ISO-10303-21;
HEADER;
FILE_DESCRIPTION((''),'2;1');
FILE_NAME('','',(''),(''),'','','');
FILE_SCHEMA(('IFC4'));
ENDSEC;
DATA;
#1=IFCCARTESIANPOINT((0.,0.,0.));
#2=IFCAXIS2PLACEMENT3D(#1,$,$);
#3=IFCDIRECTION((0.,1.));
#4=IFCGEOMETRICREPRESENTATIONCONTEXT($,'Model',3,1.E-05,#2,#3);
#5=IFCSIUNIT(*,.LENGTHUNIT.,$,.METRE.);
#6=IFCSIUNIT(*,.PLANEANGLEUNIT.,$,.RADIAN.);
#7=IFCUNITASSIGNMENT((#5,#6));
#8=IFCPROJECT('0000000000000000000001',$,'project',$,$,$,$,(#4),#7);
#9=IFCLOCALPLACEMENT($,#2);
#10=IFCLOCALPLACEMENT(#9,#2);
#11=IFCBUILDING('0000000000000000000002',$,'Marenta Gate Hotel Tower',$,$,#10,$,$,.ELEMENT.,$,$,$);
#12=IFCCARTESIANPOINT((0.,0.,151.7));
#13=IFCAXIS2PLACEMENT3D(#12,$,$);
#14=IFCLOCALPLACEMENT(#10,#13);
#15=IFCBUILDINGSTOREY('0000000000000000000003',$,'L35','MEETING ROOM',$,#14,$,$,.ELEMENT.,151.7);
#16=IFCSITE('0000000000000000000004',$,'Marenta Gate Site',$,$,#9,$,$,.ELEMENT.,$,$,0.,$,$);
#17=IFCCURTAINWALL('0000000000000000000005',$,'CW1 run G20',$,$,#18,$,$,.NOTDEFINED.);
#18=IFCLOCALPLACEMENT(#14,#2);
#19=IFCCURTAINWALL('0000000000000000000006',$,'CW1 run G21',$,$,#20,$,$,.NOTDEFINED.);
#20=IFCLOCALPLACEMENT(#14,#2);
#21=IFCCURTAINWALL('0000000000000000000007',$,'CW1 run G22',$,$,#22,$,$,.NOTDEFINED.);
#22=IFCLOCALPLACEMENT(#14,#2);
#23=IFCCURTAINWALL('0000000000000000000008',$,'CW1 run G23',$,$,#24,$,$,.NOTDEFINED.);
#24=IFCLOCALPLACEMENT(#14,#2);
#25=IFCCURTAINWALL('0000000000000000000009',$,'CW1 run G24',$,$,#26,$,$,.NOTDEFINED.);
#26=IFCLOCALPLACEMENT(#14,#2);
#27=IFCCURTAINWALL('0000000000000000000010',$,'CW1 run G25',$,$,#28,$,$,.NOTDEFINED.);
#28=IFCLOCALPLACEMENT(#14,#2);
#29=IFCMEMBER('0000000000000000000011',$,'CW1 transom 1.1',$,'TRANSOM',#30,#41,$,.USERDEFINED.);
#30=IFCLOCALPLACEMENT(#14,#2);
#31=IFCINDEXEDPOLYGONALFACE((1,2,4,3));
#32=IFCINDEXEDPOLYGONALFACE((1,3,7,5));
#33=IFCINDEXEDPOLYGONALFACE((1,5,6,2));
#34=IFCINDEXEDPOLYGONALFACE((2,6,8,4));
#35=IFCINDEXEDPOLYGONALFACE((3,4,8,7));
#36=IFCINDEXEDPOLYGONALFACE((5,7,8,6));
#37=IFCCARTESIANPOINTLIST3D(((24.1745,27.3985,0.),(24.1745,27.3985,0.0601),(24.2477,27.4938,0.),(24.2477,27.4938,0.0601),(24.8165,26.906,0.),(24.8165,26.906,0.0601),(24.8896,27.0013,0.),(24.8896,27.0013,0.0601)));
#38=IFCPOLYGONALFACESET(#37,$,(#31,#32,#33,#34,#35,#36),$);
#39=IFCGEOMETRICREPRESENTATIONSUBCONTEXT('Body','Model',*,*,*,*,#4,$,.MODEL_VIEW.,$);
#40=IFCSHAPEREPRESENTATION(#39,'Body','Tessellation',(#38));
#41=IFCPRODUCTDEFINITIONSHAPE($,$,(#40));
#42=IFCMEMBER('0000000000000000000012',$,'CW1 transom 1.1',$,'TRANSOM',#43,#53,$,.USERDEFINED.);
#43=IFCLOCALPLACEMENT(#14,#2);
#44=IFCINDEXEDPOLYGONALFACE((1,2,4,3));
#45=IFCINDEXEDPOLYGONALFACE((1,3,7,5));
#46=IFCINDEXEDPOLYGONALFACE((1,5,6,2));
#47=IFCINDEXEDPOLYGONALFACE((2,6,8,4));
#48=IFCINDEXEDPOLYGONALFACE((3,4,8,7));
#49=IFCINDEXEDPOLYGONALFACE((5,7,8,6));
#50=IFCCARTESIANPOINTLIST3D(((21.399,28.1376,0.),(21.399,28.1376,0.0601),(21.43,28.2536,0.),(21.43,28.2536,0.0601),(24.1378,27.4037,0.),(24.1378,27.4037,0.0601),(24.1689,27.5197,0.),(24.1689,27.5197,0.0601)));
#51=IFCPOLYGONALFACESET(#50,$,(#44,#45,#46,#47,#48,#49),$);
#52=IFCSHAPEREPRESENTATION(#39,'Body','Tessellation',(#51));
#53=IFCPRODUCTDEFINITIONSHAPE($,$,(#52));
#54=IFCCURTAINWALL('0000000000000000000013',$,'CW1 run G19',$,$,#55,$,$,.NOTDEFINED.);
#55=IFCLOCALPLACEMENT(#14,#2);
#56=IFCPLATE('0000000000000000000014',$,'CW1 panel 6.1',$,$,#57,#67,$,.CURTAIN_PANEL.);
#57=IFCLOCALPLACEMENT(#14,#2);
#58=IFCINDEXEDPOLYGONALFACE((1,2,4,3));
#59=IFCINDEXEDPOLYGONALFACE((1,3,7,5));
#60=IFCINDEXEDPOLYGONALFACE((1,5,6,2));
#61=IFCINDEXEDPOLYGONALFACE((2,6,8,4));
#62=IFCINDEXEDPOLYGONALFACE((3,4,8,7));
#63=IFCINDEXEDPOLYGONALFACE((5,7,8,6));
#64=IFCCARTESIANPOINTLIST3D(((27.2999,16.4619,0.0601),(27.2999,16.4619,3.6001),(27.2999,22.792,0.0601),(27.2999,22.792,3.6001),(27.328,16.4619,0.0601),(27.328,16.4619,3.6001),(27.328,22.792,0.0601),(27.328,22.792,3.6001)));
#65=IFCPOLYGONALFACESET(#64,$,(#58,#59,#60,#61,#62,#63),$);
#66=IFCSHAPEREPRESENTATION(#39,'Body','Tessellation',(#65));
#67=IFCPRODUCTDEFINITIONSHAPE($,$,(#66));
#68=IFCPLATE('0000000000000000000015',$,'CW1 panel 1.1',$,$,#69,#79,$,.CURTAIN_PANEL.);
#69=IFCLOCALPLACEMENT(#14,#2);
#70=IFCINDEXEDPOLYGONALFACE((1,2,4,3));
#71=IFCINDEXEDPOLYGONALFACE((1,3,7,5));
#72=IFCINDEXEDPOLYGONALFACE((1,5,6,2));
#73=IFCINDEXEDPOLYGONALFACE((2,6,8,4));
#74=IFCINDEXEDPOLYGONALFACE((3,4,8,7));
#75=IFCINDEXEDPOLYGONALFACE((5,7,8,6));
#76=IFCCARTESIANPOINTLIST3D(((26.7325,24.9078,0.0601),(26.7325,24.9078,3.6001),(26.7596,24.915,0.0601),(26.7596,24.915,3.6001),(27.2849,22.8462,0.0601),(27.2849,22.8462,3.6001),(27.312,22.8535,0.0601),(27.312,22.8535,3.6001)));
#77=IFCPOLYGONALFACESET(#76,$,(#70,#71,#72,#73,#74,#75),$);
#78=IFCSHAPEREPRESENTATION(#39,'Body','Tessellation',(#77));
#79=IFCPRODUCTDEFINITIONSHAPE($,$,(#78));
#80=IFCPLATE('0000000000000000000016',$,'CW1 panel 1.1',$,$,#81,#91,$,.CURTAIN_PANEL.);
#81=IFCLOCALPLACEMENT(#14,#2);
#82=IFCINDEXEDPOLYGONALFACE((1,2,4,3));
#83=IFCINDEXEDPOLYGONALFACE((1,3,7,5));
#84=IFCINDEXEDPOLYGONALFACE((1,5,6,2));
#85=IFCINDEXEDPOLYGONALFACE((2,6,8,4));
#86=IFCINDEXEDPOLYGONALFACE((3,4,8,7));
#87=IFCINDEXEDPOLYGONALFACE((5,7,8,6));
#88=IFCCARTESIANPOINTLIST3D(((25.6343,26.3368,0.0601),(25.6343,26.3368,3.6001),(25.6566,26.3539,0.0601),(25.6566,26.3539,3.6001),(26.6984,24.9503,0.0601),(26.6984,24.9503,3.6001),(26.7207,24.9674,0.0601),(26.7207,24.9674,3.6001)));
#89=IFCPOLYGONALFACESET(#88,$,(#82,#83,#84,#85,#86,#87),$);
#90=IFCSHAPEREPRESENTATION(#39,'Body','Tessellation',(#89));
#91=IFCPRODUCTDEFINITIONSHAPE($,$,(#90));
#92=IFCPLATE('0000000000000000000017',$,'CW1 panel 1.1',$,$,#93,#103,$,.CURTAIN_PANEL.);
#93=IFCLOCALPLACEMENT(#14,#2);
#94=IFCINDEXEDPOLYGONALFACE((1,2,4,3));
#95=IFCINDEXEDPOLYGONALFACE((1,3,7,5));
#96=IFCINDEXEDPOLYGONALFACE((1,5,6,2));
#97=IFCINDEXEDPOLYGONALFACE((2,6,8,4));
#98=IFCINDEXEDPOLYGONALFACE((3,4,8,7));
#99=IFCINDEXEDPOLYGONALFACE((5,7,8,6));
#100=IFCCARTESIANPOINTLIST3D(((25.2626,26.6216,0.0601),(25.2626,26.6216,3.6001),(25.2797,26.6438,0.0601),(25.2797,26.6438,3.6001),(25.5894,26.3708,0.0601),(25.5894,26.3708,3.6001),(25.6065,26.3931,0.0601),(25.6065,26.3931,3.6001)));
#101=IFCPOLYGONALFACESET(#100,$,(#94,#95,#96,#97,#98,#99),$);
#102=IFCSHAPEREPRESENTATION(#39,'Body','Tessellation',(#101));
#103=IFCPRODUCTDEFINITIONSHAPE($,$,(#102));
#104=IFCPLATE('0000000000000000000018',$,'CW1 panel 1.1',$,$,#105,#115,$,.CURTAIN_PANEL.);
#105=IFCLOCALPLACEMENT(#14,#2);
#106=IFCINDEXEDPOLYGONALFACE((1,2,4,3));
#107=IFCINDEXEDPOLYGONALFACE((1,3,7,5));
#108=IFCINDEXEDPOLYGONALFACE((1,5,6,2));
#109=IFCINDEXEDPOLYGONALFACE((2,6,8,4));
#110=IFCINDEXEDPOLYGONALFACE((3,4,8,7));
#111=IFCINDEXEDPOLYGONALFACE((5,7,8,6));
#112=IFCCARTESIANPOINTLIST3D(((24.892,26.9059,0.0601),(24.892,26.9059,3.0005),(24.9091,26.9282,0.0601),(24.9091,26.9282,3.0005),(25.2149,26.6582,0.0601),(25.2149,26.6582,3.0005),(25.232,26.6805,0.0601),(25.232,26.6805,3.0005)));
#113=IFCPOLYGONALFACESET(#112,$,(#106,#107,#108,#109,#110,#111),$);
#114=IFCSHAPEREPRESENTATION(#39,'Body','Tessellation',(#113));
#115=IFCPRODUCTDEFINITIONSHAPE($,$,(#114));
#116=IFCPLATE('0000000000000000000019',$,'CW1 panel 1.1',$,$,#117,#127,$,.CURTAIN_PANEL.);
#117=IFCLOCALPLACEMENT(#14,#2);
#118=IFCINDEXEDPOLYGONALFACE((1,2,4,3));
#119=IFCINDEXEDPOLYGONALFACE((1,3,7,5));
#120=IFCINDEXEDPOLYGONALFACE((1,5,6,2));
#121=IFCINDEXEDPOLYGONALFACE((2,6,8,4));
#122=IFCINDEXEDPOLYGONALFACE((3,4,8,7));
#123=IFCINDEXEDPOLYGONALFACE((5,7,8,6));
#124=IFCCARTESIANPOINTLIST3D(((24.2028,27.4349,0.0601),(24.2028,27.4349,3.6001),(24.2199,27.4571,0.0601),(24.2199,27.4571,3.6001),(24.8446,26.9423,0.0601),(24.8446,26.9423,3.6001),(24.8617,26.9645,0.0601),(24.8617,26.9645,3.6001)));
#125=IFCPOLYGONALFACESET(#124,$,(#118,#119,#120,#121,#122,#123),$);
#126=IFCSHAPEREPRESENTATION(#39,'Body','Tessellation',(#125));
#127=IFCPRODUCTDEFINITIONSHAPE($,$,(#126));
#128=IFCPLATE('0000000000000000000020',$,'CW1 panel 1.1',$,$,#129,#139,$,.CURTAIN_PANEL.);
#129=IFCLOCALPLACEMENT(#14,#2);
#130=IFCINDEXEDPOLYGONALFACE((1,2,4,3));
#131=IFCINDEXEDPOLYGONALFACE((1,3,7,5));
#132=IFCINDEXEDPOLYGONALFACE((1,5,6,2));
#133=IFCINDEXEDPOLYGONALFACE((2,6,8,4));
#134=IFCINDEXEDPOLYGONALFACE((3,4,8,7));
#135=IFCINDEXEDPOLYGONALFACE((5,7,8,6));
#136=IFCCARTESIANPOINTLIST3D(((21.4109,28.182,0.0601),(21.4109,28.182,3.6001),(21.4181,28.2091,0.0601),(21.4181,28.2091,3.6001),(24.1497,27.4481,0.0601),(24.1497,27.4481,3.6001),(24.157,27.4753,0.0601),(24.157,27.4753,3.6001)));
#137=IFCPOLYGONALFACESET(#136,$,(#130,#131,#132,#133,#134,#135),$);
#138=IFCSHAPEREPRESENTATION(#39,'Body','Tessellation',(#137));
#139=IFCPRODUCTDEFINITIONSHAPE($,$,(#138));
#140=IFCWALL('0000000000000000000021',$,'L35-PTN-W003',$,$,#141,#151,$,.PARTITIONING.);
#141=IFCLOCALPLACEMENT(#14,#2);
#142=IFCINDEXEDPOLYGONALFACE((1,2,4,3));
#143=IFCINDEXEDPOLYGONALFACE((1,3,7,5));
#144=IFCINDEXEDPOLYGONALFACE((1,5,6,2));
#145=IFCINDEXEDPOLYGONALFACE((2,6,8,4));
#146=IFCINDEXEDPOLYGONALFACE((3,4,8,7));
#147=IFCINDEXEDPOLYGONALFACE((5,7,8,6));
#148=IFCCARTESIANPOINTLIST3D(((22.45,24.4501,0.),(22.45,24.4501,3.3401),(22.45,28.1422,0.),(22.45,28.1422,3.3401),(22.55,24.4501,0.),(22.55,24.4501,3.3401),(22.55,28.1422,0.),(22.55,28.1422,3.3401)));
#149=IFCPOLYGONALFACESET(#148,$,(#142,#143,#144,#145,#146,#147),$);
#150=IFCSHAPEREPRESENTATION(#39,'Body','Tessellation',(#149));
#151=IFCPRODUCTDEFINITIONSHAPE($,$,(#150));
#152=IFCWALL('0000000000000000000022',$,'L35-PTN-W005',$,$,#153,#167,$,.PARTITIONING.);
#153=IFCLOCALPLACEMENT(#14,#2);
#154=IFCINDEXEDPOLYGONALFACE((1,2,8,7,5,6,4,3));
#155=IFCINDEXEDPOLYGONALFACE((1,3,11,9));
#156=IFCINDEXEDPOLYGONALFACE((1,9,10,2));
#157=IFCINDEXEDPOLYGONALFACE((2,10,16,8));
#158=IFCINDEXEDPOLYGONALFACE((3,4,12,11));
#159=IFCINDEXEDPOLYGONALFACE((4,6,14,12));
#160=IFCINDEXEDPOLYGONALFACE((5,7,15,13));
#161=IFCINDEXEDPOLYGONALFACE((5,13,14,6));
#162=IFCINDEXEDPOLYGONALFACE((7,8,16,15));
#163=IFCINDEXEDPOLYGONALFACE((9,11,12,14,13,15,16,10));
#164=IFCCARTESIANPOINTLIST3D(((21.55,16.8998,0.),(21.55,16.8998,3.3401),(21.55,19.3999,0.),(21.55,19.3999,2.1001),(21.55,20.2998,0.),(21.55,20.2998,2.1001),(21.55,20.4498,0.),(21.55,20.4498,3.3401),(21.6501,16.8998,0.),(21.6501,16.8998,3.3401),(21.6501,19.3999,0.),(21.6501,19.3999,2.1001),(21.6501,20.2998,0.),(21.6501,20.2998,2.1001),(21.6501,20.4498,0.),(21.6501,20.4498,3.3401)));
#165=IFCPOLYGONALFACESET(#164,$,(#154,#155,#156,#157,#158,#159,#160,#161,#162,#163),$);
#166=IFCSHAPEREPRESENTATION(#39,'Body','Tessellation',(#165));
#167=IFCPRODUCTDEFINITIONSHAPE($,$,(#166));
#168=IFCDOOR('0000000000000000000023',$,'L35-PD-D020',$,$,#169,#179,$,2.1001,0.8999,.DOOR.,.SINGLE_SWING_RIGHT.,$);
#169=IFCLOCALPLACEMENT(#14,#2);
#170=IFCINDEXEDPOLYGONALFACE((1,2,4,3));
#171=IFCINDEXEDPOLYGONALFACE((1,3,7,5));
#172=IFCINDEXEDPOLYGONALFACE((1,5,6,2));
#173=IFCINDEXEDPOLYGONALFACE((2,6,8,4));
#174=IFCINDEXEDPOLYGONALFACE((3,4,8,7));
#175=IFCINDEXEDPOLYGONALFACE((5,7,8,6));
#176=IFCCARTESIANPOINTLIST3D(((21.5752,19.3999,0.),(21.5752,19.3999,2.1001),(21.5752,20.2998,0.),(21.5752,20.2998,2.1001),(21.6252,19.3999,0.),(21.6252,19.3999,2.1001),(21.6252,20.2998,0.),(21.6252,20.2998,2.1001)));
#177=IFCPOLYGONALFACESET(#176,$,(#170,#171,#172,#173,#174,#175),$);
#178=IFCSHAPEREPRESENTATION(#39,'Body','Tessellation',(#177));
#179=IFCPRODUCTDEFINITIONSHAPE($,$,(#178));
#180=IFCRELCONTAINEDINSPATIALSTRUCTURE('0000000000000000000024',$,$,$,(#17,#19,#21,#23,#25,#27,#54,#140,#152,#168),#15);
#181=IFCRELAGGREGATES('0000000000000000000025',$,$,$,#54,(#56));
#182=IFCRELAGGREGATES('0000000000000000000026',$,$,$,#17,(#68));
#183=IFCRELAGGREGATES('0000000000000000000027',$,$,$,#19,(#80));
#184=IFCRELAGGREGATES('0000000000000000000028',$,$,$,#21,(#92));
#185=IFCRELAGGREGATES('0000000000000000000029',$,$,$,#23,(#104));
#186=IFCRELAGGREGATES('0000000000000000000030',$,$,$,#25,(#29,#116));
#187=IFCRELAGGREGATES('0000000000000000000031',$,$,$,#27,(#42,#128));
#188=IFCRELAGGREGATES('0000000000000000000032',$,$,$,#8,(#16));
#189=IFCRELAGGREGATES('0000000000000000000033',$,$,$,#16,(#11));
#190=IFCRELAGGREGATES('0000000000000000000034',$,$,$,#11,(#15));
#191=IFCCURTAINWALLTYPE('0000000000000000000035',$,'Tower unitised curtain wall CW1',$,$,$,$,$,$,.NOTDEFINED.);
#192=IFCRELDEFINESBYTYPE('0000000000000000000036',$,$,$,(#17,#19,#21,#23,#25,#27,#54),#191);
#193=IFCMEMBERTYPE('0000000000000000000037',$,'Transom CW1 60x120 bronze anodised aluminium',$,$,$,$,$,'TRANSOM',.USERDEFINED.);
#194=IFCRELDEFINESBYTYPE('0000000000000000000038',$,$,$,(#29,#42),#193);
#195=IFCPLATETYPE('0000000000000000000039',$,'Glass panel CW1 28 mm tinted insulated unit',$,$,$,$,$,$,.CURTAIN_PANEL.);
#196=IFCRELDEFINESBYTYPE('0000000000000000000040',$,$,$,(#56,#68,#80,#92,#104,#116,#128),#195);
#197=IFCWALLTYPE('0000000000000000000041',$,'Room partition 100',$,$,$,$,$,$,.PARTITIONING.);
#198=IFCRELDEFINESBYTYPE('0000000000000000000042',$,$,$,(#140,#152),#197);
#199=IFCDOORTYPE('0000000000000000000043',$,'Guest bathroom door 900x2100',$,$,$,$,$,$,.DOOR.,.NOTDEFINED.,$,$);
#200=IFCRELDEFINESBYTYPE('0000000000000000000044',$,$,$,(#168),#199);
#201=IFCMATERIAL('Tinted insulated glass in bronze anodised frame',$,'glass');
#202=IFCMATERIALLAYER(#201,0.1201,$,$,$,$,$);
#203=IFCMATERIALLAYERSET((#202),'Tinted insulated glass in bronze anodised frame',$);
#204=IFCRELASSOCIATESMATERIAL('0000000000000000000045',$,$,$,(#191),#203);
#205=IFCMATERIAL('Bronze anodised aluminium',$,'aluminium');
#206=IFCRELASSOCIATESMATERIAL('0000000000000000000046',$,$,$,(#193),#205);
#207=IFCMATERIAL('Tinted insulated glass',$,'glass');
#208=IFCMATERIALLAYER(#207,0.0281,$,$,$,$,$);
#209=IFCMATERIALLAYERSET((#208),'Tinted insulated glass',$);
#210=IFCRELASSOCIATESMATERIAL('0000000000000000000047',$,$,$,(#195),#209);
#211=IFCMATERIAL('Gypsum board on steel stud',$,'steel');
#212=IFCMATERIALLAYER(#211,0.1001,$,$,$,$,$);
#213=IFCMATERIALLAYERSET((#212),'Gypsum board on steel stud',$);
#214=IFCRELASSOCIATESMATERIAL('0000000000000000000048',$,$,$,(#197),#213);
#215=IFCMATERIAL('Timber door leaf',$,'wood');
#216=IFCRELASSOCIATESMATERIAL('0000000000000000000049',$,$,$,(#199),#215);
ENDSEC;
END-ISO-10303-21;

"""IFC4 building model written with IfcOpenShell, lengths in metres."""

from ifc_helpers import new_model, si_unit, direction, frame, frame_2d, origin, origin_2d, place, context, subcontext, project, spatial, rectangle, extrude, material, layer, layer_set, material_profile, profile_set, type_object, element, fill, aggregate, save


model = new_model("IFC4")

# Units and contexts
model_context = context("Model", 3, precision=1e-05, world=origin(), true_north=direction((0.0, 1.0)))
body_context = subcontext(model_context, "Body", "Model", "MODEL_VIEW")
ifc_project = project(units=[si_unit("LENGTHUNIT", "METRE"), si_unit("PLANEANGLEUNIT", "RADIAN")], contexts=[model_context])

# Site, building, storey
site_placement = place(None, origin())
site = spatial("IfcSite", under=ifc_project, at=site_placement, Name="Marenta Gate Site", CompositionType="ELEMENT", RefElevation=0.0)
building_placement = place(site_placement, origin())
building = spatial("IfcBuilding", under=site, at=building_placement, Name="Marenta Gate Hotel Tower", CompositionType="ELEMENT")
storey_placement = place(building_placement, frame((0.0, 0.0, 151.7)))
storey = spatial("IfcBuildingStorey", under=building, at=storey_placement, Name="L35", Description="MEETING ROOM", CompositionType="ELEMENT", Elevation=151.7)

# Curtain walls
ifc_material_1 = material(Name="Tinted insulated glass in bronze anodised frame", Category="glass")
ifc_layer_1 = layer(ifc_material_1, 0.1201)
ifc_layer_set_1 = layer_set([ifc_layer_1], Name="Tinted insulated glass in bronze anodised frame")
curtain_wall_type = type_object("IfcCurtainWallType", Name="Tower unitised curtain wall CW1", PredefinedType="NOTDEFINED", material=ifc_layer_set_1)
curtain_wall_1_placement = place(storey_placement, origin())
curtain_wall_1 = element("IfcCurtainWall", 1, at=curtain_wall_1_placement, inside=storey, type_object=curtain_wall_type, Name="CW1 run G20", PredefinedType="NOTDEFINED")
curtain_wall_2_placement = place(storey_placement, origin())
curtain_wall_2 = element("IfcCurtainWall", 2, at=curtain_wall_2_placement, inside=storey, type_object=curtain_wall_type, Name="CW1 run G21", PredefinedType="NOTDEFINED")
curtain_wall_3_placement = place(storey_placement, origin())
curtain_wall_3 = element("IfcCurtainWall", 3, at=curtain_wall_3_placement, inside=storey, type_object=curtain_wall_type, Name="CW1 run G22", PredefinedType="NOTDEFINED")
curtain_wall_4_placement = place(storey_placement, origin())
curtain_wall_4 = element("IfcCurtainWall", 4, at=curtain_wall_4_placement, inside=storey, type_object=curtain_wall_type, Name="CW1 run G23", PredefinedType="NOTDEFINED")
curtain_wall_5_placement = place(storey_placement, origin())
curtain_wall_5 = element("IfcCurtainWall", 5, at=curtain_wall_5_placement, inside=storey, type_object=curtain_wall_type, Name="CW1 run G24", PredefinedType="NOTDEFINED")

# Curtain wall
curtain_wall_6_placement = place(storey_placement, origin())
curtain_wall_6 = element("IfcCurtainWall", 6, at=curtain_wall_6_placement, inside=storey, type_object=curtain_wall_type, Name="CW1 run G25", PredefinedType="NOTDEFINED")

# Members
ifc_material_2 = material(Name="Bronze anodised aluminium", Category="aluminium")
ifc_material_profile_1 = material_profile(ifc_material_2, rectangle(XDim=0.1201, YDim=0.0601, at=origin_2d()), Name="Transom CW1 60x120 bronze anodised aluminium")
ifc_profile_set_1 = profile_set([ifc_material_profile_1], Name="Bronze anodised aluminium")
member_type_1 = type_object("IfcMemberType", Name="Transom CW1 60x120 bronze anodised aluminium", ElementType="TRANSOM", PredefinedType="USERDEFINED", material=ifc_profile_set_1)
member_1_placement = place(storey_placement, frame((24.853, 26.9536, 0.03), z_axis=(-0.793397, 0.608704, 0.0), x_axis=(-0.608704, -0.793397, 0.0)))
member_1 = element("IfcMember", 7, at=member_1_placement, type_object=member_type_1, Name="CW1 transom 1.1", ObjectType="TRANSOM", PredefinedType="USERDEFINED", context=body_context, shape_type="SweptSolid", body=[
    extrude(rectangle(XDim=0.1201, YDim=0.0601, at=origin_2d()), origin(), (0.0, 0.0, 1.0), 0.8091),
])
member_2_placement = place(storey_placement, frame((24.1533, 27.4617, 0.03), z_axis=(-0.965923, 0.258831, 0.0), x_axis=(-0.258831, -0.965923, 0.0)))
member_2 = element("IfcMember", 8, at=member_2_placement, type_object=member_type_1, Name="CW1 transom 1.1", ObjectType="TRANSOM", PredefinedType="USERDEFINED", context=body_context, shape_type="SweptSolid", body=[
    extrude(rectangle(XDim=0.1201, YDim=0.0601, at=origin_2d()), origin(), (0.0, 0.0, 1.0), 2.8354),
])

# Curtain wall, plate
curtain_wall_7_placement = place(storey_placement, origin())
curtain_wall_7 = element("IfcCurtainWall", 9, at=curtain_wall_7_placement, inside=storey, type_object=curtain_wall_type, Name="CW1 run G19", PredefinedType="NOTDEFINED")
ifc_material_3 = material(Name="Tinted insulated glass", Category="glass")
ifc_layer_2 = layer(ifc_material_3, 0.0281)
ifc_layer_set_2 = layer_set([ifc_layer_2], Name="Tinted insulated glass")
plate_type = type_object("IfcPlateType", Name="Glass panel CW1 28 mm tinted insulated unit", PredefinedType="CURTAIN_PANEL", material=ifc_layer_set_2)
plate_1_placement = place(storey_placement, frame((27.314, 19.627, 0.0601), z_axis=(0.0, 0.0, 1.0), x_axis=(0.0, 1.0, 0.0)))
plate_1 = element("IfcPlate", 10, at=plate_1_placement, type_object=plate_type, Name="CW1 panel 6.1", PredefinedType="CURTAIN_PANEL", context=body_context, shape_type="SweptSolid", body=[
    extrude(rectangle(XDim=6.3301, YDim=0.0281, at=origin_2d()), origin(), (0.0, 0.0, 1.0), 3.54),
])
aggregate(curtain_wall_7, [plate_1])

# Plates
plate_2_placement = place(storey_placement, frame((27.0222, 23.8806, 0.0601), z_axis=(0.0, 0.0, 1.0), x_axis=(-0.258823, 0.965925, 0.0)))
plate_2 = element("IfcPlate", 11, at=plate_2_placement, type_object=plate_type, Name="CW1 panel 1.1", PredefinedType="CURTAIN_PANEL", context=body_context, shape_type="SweptSolid", body=[
    extrude(rectangle(XDim=2.1343, YDim=0.0281, at=origin_2d()), origin(), (0.0, 0.0, 1.0), 3.54),
])
aggregate(curtain_wall_1, [plate_2])
plate_3_placement = place(storey_placement, frame((26.1775, 25.6521, 0.0601), z_axis=(0.0, 0.0, 1.0), x_axis=(-0.608796, 0.793327, 0.0)))
plate_3 = element("IfcPlate", 12, at=plate_3_placement, type_object=plate_type, Name="CW1 panel 1.1", PredefinedType="CURTAIN_PANEL", context=body_context, shape_type="SweptSolid", body=[
    extrude(rectangle(XDim=1.7478, YDim=0.0281, at=origin_2d()), origin(), (0.0, 0.0, 1.0), 3.54),
])
aggregate(curtain_wall_2, [plate_3])
plate_4_placement = place(storey_placement, frame((25.4346, 26.5073, 0.0601), z_axis=(0.0, 0.0, 1.0), x_axis=(-0.79334, 0.608778, 0.0)))
plate_4 = element("IfcPlate", 13, at=plate_4_placement, type_object=plate_type, Name="CW1 panel 1.1", PredefinedType="CURTAIN_PANEL", context=body_context, shape_type="SweptSolid", body=[
    extrude(rectangle(XDim=0.4119, YDim=0.0281, at=origin_2d()), origin(), (0.0, 0.0, 1.0), 3.54),
])
aggregate(curtain_wall_3, [plate_4])
plate_5_placement = place(storey_placement, frame((25.062, 26.7932, 0.0601), z_axis=(0.0, 0.0, 1.0), x_axis=(-0.793372, 0.608737, 0.0)))
plate_5 = element("IfcPlate", 14, at=plate_5_placement, type_object=plate_type, Name="CW1 panel 1.1", PredefinedType="CURTAIN_PANEL", context=body_context, shape_type="SweptSolid", body=[
    extrude(rectangle(XDim=0.407, YDim=0.0281, at=origin_2d()), origin(), (0.0, 0.0, 1.0), 2.9404),
])
aggregate(curtain_wall_4, [plate_5])
plate_6_placement = place(storey_placement, frame((24.5322, 27.1997, 0.0601), z_axis=(0.0, 0.0, 1.0), x_axis=(-0.793295, 0.608837, 0.0)))
plate_6 = element("IfcPlate", 15, at=plate_6_placement, type_object=plate_type, Name="CW1 panel 1.1", PredefinedType="CURTAIN_PANEL", context=body_context, shape_type="SweptSolid", body=[
    extrude(rectangle(XDim=0.8091, YDim=0.0281, at=origin_2d()), origin(), (0.0, 0.0, 1.0), 3.54),
])
aggregate(curtain_wall_5, [member_1, plate_6])
plate_7_placement = place(storey_placement, frame((22.7839, 27.8286, 0.0601), z_axis=(0.0, 0.0, 1.0), x_axis=(-0.965929, 0.258806, 0.0)))
plate_7 = element("IfcPlate", 16, at=plate_7_placement, type_object=plate_type, Name="CW1 panel 1.1", PredefinedType="CURTAIN_PANEL", context=body_context, shape_type="SweptSolid", body=[
    extrude(rectangle(XDim=2.8354, YDim=0.0281, at=origin_2d()), origin(), (0.0, 0.0, 1.0), 3.54),
])
aggregate(curtain_wall_6, [member_2, plate_7])

# Wall
ifc_material_4 = material(Name="Gypsum board on steel stud", Category="steel")
ifc_layer_3 = layer(ifc_material_4, 0.1001)
ifc_layer_set_3 = layer_set([ifc_layer_3], Name="Gypsum board on steel stud")
wall_type = type_object("IfcWallType", Name="Room partition 100", PredefinedType="PARTITIONING", material=ifc_layer_set_3)
wall_1_placement = place(storey_placement, frame((22.5, 24.45, 0.0), z_axis=(0.0, 0.0, 1.0), x_axis=(0.0, 1.0, 0.0)))
element("IfcWall", 17, at=wall_1_placement, inside=storey, type_object=wall_type, Name="L35-PTN-W003", PredefinedType="PARTITIONING", context=body_context, shape_type="SweptSolid", body=[
    extrude(rectangle(XDim=3.6921, YDim=0.1001, at=frame_2d((1.8462, 0.0))), origin(), (0.0, 0.0, 1.0), 3.3401),
])

# Wall, opening, door
wall_2_placement = place(storey_placement, frame((21.6001, 16.8999, 0.0), z_axis=(0.0, 0.0, 1.0), x_axis=(0.0, 1.0, 0.0)))
wall_2 = element("IfcWall", 18, at=wall_2_placement, inside=storey, type_object=wall_type, Name="L35-PTN-W005", PredefinedType="PARTITIONING", context=body_context, shape_type="SweptSolid", body=[
    extrude(rectangle(XDim=3.55, YDim=0.1001, at=frame_2d((1.7749, 0.0))), origin(), (0.0, 0.0, 1.0), 3.3401),
])
opening_placement = place(wall_2_placement, frame((2.5, 0.0, 0.0)))
opening = element("IfcOpeningElement", 19, at=opening_placement, cuts=wall_2, PredefinedType="OPENING", context=body_context, shape_type="SweptSolid", body=[
    extrude(rectangle(XDim=0.8999, YDim=2.1001, at=frame_2d((0.45, 1.05))), frame((0.0, 0.05, 0.0), z_axis=(0.0, -1.0, 0.0), x_axis=(1.0, 0.0, 0.0)), (0.0, 0.0, 1.0), 0.1001),
])
ifc_material_5 = material(Name="Timber door leaf", Category="wood")
door_type = type_object("IfcDoorType", Name="Guest bathroom door 900x2100", OperationType="NOTDEFINED", PredefinedType="DOOR", material=ifc_material_5)
door_placement = place(opening_placement, origin())
door = element("IfcDoor", 20, at=door_placement, inside=storey, type_object=door_type, Name="L35-PD-D020", OperationType="SINGLE_SWING_RIGHT", OverallHeight=2.1001, OverallWidth=0.8999, PredefinedType="DOOR", context=body_context, shape_type="SweptSolid", body=[
    extrude(rectangle(XDim=0.8999, YDim=2.1001, at=frame_2d((0.45, 1.05))), frame((0.0, 0.0249, 0.0), z_axis=(0.0, -1.0, 0.0), x_axis=(1.0, 0.0, 0.0)), (0.0, 0.0, 1.0), 0.05),
])
fill(opening, door)

save(model, "model.ifc")
